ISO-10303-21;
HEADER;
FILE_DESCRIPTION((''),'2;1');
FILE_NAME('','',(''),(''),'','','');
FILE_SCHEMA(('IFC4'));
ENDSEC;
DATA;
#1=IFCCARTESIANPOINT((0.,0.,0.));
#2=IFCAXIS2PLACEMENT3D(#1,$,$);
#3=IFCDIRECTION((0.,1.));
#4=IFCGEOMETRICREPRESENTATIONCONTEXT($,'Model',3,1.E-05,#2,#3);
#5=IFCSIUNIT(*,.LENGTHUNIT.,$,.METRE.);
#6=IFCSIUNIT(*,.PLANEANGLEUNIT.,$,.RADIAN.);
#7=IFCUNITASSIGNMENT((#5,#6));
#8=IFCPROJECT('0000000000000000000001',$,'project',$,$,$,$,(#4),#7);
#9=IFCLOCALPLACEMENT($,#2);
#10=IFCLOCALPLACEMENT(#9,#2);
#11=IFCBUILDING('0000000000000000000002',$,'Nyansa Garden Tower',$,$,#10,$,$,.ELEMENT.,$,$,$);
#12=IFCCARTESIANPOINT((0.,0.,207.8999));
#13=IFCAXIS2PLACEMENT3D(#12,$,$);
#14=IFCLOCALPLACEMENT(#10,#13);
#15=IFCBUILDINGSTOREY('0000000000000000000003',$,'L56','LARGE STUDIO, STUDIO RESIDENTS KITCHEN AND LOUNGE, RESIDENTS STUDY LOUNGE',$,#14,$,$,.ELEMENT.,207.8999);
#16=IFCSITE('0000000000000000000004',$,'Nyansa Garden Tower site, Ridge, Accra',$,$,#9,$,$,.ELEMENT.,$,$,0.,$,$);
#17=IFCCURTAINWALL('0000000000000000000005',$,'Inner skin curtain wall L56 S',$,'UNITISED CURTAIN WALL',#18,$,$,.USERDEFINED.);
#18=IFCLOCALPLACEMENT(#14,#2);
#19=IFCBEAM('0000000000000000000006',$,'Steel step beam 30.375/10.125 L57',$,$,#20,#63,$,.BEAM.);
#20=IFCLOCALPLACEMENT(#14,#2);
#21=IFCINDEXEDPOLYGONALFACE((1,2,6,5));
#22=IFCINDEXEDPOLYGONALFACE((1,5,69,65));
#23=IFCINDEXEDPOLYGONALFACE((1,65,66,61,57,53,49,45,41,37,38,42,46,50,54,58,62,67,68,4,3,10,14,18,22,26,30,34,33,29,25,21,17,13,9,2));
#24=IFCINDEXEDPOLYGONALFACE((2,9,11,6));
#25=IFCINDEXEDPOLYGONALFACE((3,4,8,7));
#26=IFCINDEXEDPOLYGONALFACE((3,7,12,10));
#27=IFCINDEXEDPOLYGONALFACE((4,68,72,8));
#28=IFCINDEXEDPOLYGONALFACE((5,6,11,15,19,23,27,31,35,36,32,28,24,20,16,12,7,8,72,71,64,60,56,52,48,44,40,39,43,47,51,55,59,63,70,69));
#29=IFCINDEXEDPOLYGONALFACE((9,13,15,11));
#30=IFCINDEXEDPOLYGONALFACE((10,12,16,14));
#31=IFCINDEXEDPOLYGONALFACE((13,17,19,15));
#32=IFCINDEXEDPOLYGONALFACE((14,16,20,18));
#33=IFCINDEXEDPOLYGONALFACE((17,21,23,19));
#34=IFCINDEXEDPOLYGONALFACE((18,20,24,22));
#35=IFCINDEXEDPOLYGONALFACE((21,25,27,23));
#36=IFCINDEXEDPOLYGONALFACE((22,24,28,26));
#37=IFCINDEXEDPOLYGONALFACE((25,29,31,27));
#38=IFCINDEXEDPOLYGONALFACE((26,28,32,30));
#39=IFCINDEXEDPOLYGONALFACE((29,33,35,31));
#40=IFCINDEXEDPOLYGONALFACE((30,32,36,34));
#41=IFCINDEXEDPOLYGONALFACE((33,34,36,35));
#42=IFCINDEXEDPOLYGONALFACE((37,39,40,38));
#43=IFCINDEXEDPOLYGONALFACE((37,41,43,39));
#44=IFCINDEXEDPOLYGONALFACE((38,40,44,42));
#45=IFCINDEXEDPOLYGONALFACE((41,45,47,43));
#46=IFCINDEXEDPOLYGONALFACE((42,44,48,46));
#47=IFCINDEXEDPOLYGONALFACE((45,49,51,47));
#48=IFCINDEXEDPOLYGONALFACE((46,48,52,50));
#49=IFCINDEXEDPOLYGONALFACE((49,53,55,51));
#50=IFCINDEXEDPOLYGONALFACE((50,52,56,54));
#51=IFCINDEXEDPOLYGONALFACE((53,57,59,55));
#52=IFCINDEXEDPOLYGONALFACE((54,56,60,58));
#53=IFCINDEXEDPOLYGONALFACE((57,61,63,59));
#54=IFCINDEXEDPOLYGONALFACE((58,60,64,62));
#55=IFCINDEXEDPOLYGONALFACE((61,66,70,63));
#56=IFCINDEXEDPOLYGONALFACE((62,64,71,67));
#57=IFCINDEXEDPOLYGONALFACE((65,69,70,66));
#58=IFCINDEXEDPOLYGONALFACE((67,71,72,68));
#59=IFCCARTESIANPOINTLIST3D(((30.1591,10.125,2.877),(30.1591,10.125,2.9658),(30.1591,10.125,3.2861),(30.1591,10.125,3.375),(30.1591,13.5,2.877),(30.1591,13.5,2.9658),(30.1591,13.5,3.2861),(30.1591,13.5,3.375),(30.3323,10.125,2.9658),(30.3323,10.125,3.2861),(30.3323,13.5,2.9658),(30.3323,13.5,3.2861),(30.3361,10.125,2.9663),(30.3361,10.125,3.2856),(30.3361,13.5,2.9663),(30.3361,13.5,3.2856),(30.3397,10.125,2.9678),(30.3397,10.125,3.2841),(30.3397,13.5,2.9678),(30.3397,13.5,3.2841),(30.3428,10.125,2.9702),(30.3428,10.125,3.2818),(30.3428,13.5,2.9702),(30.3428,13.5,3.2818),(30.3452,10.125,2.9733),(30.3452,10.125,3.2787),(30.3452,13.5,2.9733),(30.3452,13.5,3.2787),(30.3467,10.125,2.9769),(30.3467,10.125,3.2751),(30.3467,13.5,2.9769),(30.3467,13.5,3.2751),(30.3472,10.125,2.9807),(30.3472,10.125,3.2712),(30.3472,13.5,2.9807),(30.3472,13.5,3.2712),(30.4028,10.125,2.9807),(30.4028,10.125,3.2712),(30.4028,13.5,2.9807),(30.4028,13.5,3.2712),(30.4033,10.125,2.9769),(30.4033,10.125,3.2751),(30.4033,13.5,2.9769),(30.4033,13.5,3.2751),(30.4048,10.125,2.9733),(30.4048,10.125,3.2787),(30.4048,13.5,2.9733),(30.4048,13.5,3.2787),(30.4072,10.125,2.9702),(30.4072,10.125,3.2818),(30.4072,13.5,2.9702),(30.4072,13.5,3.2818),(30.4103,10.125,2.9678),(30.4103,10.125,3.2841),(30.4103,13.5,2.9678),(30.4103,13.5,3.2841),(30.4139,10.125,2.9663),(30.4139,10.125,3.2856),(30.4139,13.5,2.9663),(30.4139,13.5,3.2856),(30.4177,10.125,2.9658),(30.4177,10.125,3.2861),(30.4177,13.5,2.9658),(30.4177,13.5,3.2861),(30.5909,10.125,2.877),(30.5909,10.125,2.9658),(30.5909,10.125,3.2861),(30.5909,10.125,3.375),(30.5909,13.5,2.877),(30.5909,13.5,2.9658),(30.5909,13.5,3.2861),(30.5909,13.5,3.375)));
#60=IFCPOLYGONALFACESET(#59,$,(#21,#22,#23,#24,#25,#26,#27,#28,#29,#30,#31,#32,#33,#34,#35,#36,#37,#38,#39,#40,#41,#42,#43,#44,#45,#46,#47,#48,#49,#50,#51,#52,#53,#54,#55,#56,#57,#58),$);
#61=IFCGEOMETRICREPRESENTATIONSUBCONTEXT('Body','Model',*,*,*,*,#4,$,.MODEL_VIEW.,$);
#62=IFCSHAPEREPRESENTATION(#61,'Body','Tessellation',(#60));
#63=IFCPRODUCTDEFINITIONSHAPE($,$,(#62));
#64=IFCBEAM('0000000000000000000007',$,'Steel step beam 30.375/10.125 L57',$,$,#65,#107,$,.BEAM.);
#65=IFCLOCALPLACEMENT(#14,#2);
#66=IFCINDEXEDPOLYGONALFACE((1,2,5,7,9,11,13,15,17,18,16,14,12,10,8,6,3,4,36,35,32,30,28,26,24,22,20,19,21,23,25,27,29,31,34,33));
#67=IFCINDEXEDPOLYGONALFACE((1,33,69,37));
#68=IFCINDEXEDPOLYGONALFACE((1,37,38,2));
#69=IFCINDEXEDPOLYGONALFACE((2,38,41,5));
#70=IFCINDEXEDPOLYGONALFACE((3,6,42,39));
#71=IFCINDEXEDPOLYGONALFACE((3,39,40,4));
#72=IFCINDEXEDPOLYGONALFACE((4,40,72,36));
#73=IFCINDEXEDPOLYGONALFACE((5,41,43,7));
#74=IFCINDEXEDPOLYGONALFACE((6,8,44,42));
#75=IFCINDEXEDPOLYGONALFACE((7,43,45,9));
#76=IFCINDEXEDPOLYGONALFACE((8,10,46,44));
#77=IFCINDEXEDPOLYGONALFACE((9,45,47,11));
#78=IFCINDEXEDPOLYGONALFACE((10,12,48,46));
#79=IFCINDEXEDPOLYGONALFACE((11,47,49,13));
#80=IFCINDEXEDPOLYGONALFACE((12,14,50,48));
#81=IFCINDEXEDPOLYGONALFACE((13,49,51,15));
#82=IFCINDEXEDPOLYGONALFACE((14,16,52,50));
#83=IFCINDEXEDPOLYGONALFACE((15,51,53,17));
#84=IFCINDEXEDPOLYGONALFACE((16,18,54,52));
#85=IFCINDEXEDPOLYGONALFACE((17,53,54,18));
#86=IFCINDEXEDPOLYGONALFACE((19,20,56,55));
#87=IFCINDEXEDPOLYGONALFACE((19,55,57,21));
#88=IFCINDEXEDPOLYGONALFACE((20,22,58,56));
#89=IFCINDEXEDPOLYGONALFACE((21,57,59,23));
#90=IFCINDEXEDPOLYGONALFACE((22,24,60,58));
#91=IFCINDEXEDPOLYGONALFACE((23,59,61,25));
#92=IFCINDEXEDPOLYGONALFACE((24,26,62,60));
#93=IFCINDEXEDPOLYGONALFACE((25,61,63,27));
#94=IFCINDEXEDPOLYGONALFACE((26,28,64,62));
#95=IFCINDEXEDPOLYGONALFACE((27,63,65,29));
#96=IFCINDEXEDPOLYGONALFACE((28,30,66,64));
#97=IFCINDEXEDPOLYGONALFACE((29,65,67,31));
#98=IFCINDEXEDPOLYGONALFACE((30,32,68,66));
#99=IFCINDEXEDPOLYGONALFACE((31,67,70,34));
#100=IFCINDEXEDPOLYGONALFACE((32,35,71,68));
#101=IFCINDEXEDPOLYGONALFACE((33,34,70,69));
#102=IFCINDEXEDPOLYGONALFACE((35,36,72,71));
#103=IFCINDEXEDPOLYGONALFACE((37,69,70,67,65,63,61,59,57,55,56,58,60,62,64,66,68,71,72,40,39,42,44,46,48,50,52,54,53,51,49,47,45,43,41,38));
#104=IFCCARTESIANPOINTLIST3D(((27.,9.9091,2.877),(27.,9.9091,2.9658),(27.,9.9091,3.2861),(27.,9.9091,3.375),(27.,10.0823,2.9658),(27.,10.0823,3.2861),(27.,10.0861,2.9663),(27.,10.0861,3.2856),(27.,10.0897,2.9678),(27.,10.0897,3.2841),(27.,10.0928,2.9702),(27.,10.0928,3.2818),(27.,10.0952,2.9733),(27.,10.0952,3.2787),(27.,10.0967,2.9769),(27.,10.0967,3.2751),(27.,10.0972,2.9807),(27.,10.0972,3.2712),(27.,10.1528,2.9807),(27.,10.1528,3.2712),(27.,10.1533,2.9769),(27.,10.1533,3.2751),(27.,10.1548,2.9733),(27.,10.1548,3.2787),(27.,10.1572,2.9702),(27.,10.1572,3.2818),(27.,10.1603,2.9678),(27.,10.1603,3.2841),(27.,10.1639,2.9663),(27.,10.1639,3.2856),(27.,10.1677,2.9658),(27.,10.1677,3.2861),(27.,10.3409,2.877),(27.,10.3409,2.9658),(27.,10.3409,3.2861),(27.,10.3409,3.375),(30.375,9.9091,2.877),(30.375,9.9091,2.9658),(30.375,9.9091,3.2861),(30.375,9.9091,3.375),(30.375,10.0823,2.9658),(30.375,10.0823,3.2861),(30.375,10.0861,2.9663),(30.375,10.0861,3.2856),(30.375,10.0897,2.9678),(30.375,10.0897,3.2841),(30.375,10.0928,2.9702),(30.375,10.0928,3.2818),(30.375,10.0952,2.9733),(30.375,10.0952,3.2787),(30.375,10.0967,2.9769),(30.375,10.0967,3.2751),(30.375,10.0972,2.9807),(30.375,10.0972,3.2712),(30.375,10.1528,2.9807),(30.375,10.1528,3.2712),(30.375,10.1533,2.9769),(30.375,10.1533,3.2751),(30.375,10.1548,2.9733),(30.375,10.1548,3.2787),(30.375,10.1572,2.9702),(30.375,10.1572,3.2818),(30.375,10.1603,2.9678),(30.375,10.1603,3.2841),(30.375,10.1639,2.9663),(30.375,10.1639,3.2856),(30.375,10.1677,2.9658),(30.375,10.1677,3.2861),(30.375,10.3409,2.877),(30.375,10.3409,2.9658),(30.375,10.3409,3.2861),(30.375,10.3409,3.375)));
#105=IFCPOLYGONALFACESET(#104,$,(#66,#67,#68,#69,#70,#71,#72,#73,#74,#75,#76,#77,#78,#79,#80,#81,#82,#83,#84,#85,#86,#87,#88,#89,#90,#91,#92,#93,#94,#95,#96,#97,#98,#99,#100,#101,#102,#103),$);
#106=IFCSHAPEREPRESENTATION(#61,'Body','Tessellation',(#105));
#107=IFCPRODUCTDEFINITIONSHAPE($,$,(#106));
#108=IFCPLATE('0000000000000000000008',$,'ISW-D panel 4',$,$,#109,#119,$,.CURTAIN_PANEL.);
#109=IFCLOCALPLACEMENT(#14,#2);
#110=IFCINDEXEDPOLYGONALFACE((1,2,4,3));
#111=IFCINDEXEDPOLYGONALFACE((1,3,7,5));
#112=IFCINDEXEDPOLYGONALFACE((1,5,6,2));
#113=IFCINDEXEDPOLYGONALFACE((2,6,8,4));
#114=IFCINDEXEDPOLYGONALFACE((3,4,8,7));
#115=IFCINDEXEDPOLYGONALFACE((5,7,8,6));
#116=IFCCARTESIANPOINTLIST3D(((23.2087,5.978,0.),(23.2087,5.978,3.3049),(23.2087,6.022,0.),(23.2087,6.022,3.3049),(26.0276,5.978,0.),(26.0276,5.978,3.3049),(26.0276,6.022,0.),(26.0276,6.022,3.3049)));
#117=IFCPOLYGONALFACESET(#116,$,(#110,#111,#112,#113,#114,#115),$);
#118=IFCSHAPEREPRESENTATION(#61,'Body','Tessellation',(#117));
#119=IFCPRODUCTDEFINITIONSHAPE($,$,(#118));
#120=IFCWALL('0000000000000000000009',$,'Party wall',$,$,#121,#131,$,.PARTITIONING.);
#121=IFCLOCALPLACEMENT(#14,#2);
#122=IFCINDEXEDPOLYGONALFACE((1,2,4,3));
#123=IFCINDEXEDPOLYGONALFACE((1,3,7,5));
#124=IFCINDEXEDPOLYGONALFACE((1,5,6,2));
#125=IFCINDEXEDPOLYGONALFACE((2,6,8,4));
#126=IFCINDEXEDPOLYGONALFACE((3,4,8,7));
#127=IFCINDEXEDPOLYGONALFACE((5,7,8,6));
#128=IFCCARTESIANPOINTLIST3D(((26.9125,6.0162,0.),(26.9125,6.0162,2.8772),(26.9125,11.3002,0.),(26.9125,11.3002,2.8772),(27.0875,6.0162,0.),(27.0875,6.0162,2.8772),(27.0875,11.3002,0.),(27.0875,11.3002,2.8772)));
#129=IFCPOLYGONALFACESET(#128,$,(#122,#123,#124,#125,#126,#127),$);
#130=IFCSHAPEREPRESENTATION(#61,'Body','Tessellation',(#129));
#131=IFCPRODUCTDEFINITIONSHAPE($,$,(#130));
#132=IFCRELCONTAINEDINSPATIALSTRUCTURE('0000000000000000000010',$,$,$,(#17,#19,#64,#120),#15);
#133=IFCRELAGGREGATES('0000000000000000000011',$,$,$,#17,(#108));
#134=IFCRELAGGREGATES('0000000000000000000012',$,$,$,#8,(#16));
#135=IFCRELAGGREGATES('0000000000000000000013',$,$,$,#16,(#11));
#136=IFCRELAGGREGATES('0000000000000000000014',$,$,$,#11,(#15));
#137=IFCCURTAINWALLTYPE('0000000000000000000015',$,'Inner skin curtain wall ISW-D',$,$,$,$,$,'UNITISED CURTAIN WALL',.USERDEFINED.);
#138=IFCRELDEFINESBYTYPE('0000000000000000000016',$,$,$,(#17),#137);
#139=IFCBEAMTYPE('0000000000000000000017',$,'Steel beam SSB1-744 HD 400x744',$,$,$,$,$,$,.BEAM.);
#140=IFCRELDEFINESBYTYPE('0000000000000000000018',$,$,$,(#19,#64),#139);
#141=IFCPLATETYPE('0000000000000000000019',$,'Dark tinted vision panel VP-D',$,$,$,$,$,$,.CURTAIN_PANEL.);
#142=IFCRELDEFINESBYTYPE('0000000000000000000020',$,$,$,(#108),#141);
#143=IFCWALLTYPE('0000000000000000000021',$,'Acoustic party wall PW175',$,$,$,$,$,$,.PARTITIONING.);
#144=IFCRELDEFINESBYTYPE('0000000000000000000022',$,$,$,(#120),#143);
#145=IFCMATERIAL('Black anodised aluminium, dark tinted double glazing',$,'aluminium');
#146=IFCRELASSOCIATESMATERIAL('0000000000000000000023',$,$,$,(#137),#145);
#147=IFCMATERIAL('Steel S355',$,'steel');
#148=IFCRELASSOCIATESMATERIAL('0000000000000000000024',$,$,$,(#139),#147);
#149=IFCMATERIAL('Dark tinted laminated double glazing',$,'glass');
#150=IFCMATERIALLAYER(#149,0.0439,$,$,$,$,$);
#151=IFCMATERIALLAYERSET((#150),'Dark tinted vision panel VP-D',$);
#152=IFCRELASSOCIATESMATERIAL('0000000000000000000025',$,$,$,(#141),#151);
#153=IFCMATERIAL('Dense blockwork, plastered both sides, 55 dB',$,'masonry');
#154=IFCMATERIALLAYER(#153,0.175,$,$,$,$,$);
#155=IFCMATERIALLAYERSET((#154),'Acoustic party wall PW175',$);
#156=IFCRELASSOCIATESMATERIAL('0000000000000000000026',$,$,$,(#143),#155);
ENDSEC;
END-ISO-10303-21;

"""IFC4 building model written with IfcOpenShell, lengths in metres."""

from ifc_helpers import new_model, si_unit, direction, frame, frame_2d, origin, origin_2d, place, context, subcontext, project, spatial, rectangle, i_section, extrude, material, layer, layer_set, material_profile, profile_set, type_object, element, aggregate, save


model = new_model("IFC4")

# Units and contexts
model_context = context("Model", 3, precision=1e-05, world=origin(), true_north=direction((0.0, 1.0)))
body_context = subcontext(model_context, "Body", "Model", "MODEL_VIEW")
ifc_project = project(units=[si_unit("LENGTHUNIT", "METRE"), si_unit("PLANEANGLEUNIT", "RADIAN")], contexts=[model_context])

# Site, building, storey
site_placement = place(None, origin())
site = spatial("IfcSite", under=ifc_project, at=site_placement, Name="Nyansa Garden Tower site, Ridge, Accra", CompositionType="ELEMENT", RefElevation=0.0)
building_placement = place(site_placement, origin())
building = spatial("IfcBuilding", under=site, at=building_placement, Name="Nyansa Garden Tower", CompositionType="ELEMENT")
storey_placement = place(building_placement, frame((0.0, 0.0, 207.8999)))
storey = spatial("IfcBuildingStorey", under=building, at=storey_placement, Name="L56", Description="LARGE STUDIO, STUDIO RESIDENTS KITCHEN AND LOUNGE, RESIDENTS STUDY LOUNGE", CompositionType="ELEMENT", Elevation=207.8999)

# Curtain wall
ifc_material_1 = material(Name="Black anodised aluminium, dark tinted double glazing", Category="aluminium")
curtain_wall_type = type_object("IfcCurtainWallType", Name="Inner skin curtain wall ISW-D", ElementType="UNITISED CURTAIN WALL", PredefinedType="USERDEFINED", material=ifc_material_1)
curtain_wall_placement = place(storey_placement, origin())
curtain_wall = element("IfcCurtainWall", 1, at=curtain_wall_placement, inside=storey, type_object=curtain_wall_type, Name="Inner skin curtain wall L56 S", ObjectType="UNITISED CURTAIN WALL", PredefinedType="USERDEFINED")

# Beams
ifc_material_2 = material(Name="Steel S355", Category="steel")
ifc_material_profile_1 = material_profile(ifc_material_2, i_section(OverallWidth=0.4319, OverallDepth=0.498, WebThickness=0.0557, FlangeThickness=0.0889, FilletRadius=0.0149, at=origin_2d()), Name="HD 400x744")
ifc_profile_set_1 = profile_set([ifc_material_profile_1], Name="Steel S355")
beam_type_1 = type_object("IfcBeamType", Name="Steel beam SSB1-744 HD 400x744", PredefinedType="BEAM", material=ifc_profile_set_1)
for number, where, z_axis, x_axis, name in (
    (2, (30.375, 10.125, 3.126), (0.0, 1.0, 0.0), (-1.0, 0.0, 0.0), "Steel step beam 30.375/10.125 L57"),
    (3, (30.375, 10.125, 3.126), (-1.0, 0.0, 0.0), (0.0, -1.0, 0.0), "Steel step beam 30.375/10.125 L57"),
):
    element("IfcBeam", number, at=place(storey_placement, frame(where, z_axis=z_axis, x_axis=x_axis)), inside=storey, type_object=beam_type_1, Name=name, PredefinedType="BEAM", context=body_context, shape_type="SweptSolid", body=[
        extrude(i_section(OverallWidth=0.4319, OverallDepth=0.498, WebThickness=0.0557, FlangeThickness=0.0889, FilletRadius=0.0149, at=origin_2d()), origin(), (0.0, 0.0, 1.0), 3.375),
    ])

# Plate
ifc_material_3 = material(Name="Dark tinted laminated double glazing", Category="glass")
ifc_layer_1 = layer(ifc_material_3, 0.0439)
ifc_layer_set_1 = layer_set([ifc_layer_1], Name="Dark tinted vision panel VP-D")
plate_type = type_object("IfcPlateType", Name="Dark tinted vision panel VP-D", PredefinedType="CURTAIN_PANEL", material=ifc_layer_set_1)
plate_placement = place(storey_placement, frame((24.6182, 6.0, 0.0), z_axis=(0.0, 0.0, 1.0), x_axis=(1.0, 0.0, 0.0)))
plate = element("IfcPlate", 4, at=plate_placement, type_object=plate_type, Name="ISW-D panel 4", PredefinedType="CURTAIN_PANEL", context=body_context, shape_type="SweptSolid", body=[
    extrude(rectangle(XDim=2.8188, YDim=0.0439, at=origin_2d()), origin(), (0.0, 0.0, 1.0), 3.3049),
])
aggregate(curtain_wall, [plate])

# Wall
ifc_material_4 = material(Name="Dense blockwork, plastered both sides, 55 dB", Category="masonry")
ifc_layer_2 = layer(ifc_material_4, 0.175)
ifc_layer_set_2 = layer_set([ifc_layer_2], Name="Acoustic party wall PW175")
wall_type_1 = type_object("IfcWallType", Name="Acoustic party wall PW175", PredefinedType="PARTITIONING", material=ifc_layer_set_2)
wall_1_placement = place(storey_placement, frame((27.0, 6.0161, 0.0), z_axis=(0.0, 0.0, 1.0), x_axis=(0.0, 1.0, 0.0)))
element("IfcWall", 5, at=wall_1_placement, inside=storey, type_object=wall_type_1, Name="Party wall", PredefinedType="PARTITIONING", context=body_context, shape_type="SweptSolid", body=[
    extrude(rectangle(XDim=5.2839, YDim=0.175, at=frame_2d((2.6421, 0.0))), origin(), (0.0, 0.0, 1.0), 2.8772),
])

save(model, "model.ifc")
